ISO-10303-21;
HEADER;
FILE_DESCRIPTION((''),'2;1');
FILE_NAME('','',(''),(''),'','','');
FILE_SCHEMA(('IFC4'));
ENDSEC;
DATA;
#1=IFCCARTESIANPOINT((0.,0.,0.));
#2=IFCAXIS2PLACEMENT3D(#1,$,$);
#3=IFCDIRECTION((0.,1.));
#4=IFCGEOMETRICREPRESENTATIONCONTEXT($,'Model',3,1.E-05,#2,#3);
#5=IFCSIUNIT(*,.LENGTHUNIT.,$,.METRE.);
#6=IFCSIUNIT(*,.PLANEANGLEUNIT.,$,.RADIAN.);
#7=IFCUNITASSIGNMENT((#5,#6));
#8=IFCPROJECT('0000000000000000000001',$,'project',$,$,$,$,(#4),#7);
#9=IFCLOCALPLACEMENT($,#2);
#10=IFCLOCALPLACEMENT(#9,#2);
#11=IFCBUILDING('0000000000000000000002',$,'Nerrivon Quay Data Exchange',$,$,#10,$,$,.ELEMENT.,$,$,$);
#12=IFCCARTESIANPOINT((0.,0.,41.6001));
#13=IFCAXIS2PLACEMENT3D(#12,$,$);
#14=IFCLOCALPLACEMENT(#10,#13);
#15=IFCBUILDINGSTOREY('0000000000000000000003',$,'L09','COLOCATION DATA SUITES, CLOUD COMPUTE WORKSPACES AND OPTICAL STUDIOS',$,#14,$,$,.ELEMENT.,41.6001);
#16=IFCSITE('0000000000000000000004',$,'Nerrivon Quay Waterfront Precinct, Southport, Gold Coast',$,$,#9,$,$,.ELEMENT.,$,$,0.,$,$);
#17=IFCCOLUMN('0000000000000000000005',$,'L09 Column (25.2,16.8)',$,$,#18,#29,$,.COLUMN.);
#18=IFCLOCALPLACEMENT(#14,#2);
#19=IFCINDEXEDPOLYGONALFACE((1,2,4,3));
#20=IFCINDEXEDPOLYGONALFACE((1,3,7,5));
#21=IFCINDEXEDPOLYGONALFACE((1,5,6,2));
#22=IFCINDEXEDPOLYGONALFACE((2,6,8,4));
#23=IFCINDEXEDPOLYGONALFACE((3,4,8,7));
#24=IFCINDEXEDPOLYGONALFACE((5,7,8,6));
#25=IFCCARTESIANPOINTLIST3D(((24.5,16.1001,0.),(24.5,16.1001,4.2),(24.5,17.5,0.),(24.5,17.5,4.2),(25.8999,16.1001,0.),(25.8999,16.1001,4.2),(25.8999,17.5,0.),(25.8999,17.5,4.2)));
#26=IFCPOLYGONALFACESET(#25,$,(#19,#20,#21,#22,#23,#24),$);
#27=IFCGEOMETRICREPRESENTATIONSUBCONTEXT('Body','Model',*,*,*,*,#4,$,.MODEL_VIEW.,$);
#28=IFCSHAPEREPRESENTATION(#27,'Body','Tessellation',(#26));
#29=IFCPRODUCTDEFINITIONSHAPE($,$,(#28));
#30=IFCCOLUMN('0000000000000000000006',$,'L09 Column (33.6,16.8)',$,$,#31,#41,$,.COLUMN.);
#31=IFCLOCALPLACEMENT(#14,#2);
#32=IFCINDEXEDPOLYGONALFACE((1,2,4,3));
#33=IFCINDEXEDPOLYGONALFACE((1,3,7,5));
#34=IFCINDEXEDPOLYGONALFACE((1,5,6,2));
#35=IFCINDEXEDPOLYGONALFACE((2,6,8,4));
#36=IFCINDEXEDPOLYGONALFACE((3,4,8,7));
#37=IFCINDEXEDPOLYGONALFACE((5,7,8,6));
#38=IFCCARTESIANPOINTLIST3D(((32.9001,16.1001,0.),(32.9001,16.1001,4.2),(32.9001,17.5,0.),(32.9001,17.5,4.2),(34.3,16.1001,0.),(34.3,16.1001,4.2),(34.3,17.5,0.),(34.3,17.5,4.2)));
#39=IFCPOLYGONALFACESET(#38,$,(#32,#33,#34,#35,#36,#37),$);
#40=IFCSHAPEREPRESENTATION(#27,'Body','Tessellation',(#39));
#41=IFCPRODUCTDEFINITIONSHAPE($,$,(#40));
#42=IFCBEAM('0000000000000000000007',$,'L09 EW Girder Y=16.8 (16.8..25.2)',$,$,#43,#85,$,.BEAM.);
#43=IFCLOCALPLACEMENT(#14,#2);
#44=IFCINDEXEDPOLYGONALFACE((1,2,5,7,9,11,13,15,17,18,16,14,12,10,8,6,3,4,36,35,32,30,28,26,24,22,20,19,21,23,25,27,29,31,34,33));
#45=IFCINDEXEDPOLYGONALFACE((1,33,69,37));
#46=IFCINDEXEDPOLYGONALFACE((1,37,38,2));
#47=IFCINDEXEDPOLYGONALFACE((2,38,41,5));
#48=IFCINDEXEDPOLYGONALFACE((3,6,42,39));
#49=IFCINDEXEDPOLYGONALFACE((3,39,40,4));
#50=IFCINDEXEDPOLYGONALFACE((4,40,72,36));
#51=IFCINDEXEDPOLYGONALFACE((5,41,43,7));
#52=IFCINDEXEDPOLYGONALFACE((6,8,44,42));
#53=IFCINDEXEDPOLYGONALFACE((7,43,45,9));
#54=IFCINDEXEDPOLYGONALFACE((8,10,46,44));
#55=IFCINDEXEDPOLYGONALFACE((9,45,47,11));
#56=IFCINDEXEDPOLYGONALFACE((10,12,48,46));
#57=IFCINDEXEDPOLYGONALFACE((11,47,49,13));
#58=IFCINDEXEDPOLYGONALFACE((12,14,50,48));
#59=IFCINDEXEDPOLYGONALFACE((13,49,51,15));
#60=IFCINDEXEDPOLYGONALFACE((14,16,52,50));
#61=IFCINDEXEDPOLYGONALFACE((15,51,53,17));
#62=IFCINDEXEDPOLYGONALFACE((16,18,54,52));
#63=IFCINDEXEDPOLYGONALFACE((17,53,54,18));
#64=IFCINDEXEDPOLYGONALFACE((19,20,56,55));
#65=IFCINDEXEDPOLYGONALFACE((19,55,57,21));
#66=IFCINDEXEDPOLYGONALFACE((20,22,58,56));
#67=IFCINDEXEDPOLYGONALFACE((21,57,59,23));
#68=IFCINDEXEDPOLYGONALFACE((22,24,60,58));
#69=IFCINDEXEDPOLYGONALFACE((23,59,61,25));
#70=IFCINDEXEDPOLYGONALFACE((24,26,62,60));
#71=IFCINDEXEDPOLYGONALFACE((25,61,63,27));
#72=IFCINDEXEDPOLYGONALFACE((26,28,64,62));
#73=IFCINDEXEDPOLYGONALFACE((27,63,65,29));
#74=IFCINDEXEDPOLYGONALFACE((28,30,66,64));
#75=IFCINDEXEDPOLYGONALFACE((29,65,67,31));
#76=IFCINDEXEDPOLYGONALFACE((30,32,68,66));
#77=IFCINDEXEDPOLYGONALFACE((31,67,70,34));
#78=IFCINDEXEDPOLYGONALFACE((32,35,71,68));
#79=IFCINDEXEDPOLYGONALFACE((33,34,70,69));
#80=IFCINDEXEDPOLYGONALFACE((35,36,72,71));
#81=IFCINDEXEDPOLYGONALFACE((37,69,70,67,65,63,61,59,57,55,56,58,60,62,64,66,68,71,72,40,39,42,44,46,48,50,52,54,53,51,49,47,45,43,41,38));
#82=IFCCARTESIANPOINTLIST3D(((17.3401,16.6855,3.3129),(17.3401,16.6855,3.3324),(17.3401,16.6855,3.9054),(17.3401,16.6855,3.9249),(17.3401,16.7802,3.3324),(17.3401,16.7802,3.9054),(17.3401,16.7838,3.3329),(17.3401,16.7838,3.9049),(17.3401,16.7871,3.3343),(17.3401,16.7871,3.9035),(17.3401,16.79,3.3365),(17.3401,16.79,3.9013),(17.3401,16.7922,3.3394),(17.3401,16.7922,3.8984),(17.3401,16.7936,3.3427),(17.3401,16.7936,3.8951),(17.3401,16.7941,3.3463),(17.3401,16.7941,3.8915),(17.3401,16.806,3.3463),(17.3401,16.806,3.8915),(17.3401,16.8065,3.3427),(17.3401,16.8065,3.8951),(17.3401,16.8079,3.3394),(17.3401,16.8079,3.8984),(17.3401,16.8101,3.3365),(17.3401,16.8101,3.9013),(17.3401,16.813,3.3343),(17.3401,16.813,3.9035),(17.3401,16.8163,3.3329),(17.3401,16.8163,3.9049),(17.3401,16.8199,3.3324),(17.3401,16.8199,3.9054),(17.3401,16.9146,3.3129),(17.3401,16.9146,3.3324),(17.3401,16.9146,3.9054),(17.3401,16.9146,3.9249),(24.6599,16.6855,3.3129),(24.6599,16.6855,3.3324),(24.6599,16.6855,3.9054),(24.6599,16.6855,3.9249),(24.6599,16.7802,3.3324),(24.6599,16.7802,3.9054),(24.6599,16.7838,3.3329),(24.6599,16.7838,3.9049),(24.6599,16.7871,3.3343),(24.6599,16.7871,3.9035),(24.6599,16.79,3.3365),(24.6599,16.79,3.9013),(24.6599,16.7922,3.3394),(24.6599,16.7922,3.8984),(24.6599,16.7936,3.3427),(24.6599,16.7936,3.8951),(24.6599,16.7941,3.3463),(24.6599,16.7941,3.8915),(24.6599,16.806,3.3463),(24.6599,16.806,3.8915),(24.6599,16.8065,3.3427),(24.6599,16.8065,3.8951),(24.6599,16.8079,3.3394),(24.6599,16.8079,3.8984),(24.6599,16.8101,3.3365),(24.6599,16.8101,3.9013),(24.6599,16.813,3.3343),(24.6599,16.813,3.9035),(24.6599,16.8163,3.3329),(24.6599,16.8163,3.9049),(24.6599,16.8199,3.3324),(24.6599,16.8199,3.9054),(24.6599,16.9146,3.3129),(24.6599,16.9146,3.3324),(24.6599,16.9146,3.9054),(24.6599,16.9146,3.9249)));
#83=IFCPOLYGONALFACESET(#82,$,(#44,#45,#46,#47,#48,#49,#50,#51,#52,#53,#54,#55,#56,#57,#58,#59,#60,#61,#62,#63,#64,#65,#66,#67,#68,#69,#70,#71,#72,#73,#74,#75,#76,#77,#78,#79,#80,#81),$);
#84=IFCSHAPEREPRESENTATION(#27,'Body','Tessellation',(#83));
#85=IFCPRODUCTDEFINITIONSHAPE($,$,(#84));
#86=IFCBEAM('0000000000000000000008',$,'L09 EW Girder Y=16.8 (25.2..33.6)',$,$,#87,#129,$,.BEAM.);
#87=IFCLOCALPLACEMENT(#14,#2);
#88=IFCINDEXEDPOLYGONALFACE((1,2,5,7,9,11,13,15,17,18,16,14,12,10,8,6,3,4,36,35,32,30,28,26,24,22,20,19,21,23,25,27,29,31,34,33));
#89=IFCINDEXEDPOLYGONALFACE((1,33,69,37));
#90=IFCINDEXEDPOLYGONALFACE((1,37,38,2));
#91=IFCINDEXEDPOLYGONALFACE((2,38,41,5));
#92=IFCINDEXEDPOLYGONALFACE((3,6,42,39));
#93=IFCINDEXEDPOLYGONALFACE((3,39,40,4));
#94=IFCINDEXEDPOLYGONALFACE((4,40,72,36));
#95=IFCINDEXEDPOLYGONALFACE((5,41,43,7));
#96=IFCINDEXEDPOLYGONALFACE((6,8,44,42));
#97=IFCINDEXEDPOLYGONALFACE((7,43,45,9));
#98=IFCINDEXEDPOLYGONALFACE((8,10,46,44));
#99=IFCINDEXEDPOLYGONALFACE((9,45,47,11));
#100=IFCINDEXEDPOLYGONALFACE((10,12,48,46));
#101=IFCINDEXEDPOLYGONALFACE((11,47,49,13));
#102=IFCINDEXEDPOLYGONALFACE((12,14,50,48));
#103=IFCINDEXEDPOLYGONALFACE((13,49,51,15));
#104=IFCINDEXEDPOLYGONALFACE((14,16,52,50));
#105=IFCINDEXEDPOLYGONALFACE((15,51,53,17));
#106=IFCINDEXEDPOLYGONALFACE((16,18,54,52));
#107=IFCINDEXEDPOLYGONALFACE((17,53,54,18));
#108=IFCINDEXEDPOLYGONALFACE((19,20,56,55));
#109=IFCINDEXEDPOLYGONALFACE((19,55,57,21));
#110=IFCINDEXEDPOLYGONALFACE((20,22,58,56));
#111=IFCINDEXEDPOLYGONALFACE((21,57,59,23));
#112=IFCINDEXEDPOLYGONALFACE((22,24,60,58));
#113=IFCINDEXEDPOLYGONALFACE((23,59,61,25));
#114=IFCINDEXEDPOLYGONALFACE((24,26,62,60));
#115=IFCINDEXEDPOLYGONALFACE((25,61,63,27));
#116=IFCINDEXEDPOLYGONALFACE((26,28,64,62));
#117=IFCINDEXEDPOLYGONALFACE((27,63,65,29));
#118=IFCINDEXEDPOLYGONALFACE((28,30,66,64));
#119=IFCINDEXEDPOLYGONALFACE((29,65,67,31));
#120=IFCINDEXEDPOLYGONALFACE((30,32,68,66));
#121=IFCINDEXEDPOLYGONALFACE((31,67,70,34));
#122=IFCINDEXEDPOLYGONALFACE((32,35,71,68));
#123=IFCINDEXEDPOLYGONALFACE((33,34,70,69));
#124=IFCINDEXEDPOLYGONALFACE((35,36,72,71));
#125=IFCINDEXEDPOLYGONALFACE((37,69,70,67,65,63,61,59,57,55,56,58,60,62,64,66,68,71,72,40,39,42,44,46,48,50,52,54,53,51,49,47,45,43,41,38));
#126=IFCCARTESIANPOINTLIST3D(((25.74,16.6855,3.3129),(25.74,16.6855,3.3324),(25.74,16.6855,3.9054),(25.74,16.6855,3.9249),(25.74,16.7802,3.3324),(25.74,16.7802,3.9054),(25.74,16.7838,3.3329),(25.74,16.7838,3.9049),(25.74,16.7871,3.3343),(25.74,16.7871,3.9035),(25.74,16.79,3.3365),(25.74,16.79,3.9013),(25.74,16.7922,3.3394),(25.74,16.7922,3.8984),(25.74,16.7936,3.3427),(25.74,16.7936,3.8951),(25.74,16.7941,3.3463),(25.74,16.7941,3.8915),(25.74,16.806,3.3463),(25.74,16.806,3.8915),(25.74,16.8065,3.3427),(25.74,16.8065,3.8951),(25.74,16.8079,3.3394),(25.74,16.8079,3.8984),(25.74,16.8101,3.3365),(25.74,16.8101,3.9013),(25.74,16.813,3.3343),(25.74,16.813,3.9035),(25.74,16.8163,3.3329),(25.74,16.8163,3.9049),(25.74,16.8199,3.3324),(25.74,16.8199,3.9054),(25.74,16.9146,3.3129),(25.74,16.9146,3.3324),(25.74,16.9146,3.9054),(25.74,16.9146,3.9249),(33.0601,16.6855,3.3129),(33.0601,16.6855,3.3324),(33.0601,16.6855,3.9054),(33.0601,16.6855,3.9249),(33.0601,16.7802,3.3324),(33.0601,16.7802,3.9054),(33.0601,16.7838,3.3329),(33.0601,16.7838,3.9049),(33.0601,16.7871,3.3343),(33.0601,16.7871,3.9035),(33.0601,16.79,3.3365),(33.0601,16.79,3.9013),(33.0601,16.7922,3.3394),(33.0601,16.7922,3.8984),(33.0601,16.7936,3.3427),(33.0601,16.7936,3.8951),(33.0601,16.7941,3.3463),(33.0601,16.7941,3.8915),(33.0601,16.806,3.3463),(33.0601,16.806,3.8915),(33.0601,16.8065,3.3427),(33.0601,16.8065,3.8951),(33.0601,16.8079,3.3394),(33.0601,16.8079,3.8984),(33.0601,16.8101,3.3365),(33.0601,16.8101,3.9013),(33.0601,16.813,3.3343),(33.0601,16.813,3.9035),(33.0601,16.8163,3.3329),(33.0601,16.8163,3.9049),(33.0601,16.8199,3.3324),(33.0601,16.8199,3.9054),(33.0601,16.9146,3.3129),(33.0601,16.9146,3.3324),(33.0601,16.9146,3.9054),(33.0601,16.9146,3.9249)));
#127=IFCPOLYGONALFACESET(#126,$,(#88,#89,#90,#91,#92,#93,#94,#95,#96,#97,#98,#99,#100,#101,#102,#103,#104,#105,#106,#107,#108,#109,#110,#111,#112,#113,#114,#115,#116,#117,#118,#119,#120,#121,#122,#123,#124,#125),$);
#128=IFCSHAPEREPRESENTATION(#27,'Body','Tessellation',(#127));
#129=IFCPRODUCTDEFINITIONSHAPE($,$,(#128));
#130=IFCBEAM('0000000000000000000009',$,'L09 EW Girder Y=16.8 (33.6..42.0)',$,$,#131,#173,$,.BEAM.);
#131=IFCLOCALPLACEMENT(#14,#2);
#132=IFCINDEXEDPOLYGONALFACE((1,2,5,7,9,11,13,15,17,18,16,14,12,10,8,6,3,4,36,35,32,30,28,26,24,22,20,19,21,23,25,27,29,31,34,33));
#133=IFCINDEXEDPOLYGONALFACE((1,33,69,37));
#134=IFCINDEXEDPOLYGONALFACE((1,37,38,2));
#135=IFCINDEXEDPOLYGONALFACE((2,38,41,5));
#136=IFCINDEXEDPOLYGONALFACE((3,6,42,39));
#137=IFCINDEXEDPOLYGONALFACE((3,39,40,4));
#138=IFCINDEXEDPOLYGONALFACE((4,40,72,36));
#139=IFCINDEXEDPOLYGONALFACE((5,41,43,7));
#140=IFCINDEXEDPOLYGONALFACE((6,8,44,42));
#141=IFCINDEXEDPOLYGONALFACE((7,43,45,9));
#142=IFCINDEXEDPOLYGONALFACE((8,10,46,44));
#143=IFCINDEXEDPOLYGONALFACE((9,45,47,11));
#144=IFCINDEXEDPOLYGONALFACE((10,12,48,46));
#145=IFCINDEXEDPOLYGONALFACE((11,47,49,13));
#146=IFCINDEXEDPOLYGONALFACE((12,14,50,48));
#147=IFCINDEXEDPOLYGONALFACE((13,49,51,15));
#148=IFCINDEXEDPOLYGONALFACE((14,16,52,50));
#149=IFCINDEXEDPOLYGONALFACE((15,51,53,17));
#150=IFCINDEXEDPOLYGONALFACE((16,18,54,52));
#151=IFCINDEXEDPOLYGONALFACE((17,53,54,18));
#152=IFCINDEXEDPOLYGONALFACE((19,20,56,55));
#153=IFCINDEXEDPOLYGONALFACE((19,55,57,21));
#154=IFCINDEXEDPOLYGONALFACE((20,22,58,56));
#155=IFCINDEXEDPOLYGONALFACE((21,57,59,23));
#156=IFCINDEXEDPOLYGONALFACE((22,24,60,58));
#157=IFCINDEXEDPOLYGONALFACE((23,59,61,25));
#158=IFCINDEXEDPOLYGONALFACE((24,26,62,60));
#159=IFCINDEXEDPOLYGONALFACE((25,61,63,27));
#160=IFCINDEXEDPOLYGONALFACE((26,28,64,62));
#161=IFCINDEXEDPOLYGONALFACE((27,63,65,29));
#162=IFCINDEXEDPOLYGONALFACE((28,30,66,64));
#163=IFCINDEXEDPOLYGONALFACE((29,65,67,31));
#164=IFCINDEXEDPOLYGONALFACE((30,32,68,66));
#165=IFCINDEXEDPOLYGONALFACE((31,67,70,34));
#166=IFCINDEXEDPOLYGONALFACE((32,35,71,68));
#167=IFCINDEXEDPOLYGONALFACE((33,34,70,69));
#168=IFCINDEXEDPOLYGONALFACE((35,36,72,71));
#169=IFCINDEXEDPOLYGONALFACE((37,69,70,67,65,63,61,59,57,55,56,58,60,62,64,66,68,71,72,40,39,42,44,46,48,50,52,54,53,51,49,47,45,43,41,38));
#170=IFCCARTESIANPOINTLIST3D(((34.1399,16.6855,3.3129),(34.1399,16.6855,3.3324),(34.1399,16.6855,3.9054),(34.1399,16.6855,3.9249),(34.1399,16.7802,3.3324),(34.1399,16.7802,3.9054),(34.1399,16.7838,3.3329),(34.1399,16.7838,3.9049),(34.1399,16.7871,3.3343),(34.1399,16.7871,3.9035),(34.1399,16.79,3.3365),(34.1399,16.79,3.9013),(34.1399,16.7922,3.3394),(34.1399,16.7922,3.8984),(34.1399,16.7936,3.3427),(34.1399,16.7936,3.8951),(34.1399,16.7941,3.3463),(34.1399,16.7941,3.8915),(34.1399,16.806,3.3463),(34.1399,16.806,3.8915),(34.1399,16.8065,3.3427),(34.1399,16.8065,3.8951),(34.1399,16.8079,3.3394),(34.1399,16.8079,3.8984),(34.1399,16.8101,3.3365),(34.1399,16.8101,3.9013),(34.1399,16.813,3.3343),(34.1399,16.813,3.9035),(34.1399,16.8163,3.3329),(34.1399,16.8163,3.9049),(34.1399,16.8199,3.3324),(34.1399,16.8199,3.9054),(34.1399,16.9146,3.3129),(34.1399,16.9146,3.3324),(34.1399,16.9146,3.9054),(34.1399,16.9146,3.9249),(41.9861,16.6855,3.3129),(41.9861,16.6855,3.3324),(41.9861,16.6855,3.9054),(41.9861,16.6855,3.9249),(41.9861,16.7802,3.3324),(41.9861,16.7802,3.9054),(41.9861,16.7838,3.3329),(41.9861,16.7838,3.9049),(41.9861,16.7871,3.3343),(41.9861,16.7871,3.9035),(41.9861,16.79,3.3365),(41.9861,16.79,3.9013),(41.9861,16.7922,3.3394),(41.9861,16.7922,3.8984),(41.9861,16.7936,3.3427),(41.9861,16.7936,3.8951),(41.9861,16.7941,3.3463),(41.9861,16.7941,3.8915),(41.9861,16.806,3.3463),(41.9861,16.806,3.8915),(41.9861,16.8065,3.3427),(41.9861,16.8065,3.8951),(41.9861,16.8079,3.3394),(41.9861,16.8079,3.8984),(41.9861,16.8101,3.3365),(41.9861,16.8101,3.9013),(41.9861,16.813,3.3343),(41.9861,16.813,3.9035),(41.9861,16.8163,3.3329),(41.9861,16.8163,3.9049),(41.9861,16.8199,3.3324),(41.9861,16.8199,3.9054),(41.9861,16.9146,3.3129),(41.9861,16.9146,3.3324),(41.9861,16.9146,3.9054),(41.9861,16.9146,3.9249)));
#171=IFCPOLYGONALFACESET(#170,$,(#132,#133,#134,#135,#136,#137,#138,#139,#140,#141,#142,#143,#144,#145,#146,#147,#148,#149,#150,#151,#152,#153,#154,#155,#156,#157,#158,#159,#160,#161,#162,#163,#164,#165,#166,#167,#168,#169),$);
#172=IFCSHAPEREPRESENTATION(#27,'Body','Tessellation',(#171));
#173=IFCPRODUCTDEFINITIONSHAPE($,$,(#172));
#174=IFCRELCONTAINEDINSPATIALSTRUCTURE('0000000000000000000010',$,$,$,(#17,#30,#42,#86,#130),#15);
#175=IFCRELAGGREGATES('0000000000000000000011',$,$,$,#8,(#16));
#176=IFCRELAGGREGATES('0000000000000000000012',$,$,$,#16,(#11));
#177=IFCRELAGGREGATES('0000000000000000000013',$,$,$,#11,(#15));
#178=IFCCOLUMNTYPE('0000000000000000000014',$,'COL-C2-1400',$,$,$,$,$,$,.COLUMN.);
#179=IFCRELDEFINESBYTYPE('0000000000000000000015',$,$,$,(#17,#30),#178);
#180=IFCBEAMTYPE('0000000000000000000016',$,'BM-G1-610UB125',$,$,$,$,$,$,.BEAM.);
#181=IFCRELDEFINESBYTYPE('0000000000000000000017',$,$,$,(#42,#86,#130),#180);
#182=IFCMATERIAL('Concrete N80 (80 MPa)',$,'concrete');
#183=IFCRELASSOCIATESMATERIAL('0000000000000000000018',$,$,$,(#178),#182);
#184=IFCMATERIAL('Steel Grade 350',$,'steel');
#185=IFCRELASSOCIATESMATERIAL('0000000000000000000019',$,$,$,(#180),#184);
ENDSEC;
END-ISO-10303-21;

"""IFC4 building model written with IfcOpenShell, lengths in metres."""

from ifc_helpers import new_model, si_unit, direction, frame, origin, origin_2d, place, context, subcontext, project, spatial, rectangle, i_section, extrude, material, material_profile, profile_set, type_object, element, save


model = new_model("IFC4")

# Units and contexts
model_context = context("Model", 3, precision=1e-05, world=origin(), true_north=direction((0.0, 1.0)))
body_context = subcontext(model_context, "Body", "Model", "MODEL_VIEW")
ifc_project = project(units=[si_unit("LENGTHUNIT", "METRE"), si_unit("PLANEANGLEUNIT", "RADIAN")], contexts=[model_context])

# Site, building, storey
site_placement = place(None, origin())
site = spatial("IfcSite", under=ifc_project, at=site_placement, Name="Nerrivon Quay Waterfront Precinct, Southport, Gold Coast", CompositionType="ELEMENT", RefElevation=0.0)
building_placement = place(site_placement, origin())
building = spatial("IfcBuilding", under=site, at=building_placement, Name="Nerrivon Quay Data Exchange", CompositionType="ELEMENT")
storey_placement = place(building_placement, frame((0.0, 0.0, 41.6001)))
storey = spatial("IfcBuildingStorey", under=building, at=storey_placement, Name="L09", Description="COLOCATION DATA SUITES, CLOUD COMPUTE WORKSPACES AND OPTICAL STUDIOS", CompositionType="ELEMENT", Elevation=41.6001)

# Columns
ifc_material_1 = material(Name="Concrete N80 (80 MPa)", Category="concrete")
ifc_material_profile_1 = material_profile(ifc_material_1, rectangle(XDim=1.3999, YDim=1.3999, at=origin_2d()), Name="RC-COL-1400x1400")
ifc_profile_set_1 = profile_set([ifc_material_profile_1], Name="Concrete N80 (80 MPa)")
column_type = type_object("IfcColumnType", Name="COL-C2-1400", PredefinedType="COLUMN", material=ifc_profile_set_1)
for number, where, z_axis, x_axis, name in (
    (1, (25.2, 16.8, 0.0), (0.0, 0.0, 1.0), (1.0, 0.0, 0.0), "L09 Column (25.2,16.8)"),
    (2, (33.6001, 16.8, 0.0), (0.0, 0.0, 1.0), (1.0, 0.0, 0.0), "L09 Column (33.6,16.8)"),
):
    element("IfcColumn", number, at=place(storey_placement, frame(where, z_axis=z_axis, x_axis=x_axis)), inside=storey, type_object=column_type, Name=name, PredefinedType="COLUMN", context=body_context, shape_type="SweptSolid", body=[
        extrude(rectangle(XDim=1.3999, YDim=1.3999, at=origin_2d()), origin(), (0.0, 0.0, 1.0), 4.2),
    ])

# Beams
ifc_material_2 = material(Name="Steel Grade 350", Category="steel")
ifc_material_profile_2 = material_profile(ifc_material_2, i_section(OverallWidth=0.229, OverallDepth=0.6121, WebThickness=0.012, FlangeThickness=0.0195, FilletRadius=0.0139, at=origin_2d()), Name="610UB125")
ifc_profile_set_2 = profile_set([ifc_material_profile_2], Name="Steel Grade 350")
beam_type_1 = type_object("IfcBeamType", Name="BM-G1-610UB125", PredefinedType="BEAM", material=ifc_profile_set_2)
beam_1_placement = place(storey_placement, frame((17.3401, 16.8, 3.6189), z_axis=(1.0, 0.0, 0.0), x_axis=(0.0, 1.0, 0.0)))
element("IfcBeam", 3, at=beam_1_placement, inside=storey, type_object=beam_type_1, Name="L09 EW Girder Y=16.8 (16.8..25.2)", PredefinedType="BEAM", context=body_context, shape_type="SweptSolid", body=[
    extrude(i_section(OverallWidth=0.229, OverallDepth=0.6121, WebThickness=0.012, FlangeThickness=0.0195, FilletRadius=0.0139, at=origin_2d()), origin(), (0.0, 0.0, 1.0), 7.3198),
])
beam_2_placement = place(storey_placement, frame((25.74, 16.8, 3.6189), z_axis=(1.0, 0.0, 0.0), x_axis=(0.0, 1.0, 0.0)))
element("IfcBeam", 4, at=beam_2_placement, inside=storey, type_object=beam_type_1, Name="L09 EW Girder Y=16.8 (25.2..33.6)", PredefinedType="BEAM", context=body_context, shape_type="SweptSolid", body=[
    extrude(i_section(OverallWidth=0.229, OverallDepth=0.6121, WebThickness=0.012, FlangeThickness=0.0195, FilletRadius=0.0139, at=origin_2d()), origin(), (0.0, 0.0, 1.0), 7.3201),
])
beam_3_placement = place(storey_placement, frame((34.1399, 16.8, 3.6189), z_axis=(1.0, 0.0, 0.0), x_axis=(0.0, 1.0, 0.0)))
element("IfcBeam", 5, at=beam_3_placement, inside=storey, type_object=beam_type_1, Name="L09 EW Girder Y=16.8 (33.6..42.0)", PredefinedType="BEAM", context=body_context, shape_type="SweptSolid", body=[
    extrude(i_section(OverallWidth=0.229, OverallDepth=0.6121, WebThickness=0.012, FlangeThickness=0.0195, FilletRadius=0.0139, at=origin_2d()), origin(), (0.0, 0.0, 1.0), 7.8462),
])

save(model, "model.ifc")
